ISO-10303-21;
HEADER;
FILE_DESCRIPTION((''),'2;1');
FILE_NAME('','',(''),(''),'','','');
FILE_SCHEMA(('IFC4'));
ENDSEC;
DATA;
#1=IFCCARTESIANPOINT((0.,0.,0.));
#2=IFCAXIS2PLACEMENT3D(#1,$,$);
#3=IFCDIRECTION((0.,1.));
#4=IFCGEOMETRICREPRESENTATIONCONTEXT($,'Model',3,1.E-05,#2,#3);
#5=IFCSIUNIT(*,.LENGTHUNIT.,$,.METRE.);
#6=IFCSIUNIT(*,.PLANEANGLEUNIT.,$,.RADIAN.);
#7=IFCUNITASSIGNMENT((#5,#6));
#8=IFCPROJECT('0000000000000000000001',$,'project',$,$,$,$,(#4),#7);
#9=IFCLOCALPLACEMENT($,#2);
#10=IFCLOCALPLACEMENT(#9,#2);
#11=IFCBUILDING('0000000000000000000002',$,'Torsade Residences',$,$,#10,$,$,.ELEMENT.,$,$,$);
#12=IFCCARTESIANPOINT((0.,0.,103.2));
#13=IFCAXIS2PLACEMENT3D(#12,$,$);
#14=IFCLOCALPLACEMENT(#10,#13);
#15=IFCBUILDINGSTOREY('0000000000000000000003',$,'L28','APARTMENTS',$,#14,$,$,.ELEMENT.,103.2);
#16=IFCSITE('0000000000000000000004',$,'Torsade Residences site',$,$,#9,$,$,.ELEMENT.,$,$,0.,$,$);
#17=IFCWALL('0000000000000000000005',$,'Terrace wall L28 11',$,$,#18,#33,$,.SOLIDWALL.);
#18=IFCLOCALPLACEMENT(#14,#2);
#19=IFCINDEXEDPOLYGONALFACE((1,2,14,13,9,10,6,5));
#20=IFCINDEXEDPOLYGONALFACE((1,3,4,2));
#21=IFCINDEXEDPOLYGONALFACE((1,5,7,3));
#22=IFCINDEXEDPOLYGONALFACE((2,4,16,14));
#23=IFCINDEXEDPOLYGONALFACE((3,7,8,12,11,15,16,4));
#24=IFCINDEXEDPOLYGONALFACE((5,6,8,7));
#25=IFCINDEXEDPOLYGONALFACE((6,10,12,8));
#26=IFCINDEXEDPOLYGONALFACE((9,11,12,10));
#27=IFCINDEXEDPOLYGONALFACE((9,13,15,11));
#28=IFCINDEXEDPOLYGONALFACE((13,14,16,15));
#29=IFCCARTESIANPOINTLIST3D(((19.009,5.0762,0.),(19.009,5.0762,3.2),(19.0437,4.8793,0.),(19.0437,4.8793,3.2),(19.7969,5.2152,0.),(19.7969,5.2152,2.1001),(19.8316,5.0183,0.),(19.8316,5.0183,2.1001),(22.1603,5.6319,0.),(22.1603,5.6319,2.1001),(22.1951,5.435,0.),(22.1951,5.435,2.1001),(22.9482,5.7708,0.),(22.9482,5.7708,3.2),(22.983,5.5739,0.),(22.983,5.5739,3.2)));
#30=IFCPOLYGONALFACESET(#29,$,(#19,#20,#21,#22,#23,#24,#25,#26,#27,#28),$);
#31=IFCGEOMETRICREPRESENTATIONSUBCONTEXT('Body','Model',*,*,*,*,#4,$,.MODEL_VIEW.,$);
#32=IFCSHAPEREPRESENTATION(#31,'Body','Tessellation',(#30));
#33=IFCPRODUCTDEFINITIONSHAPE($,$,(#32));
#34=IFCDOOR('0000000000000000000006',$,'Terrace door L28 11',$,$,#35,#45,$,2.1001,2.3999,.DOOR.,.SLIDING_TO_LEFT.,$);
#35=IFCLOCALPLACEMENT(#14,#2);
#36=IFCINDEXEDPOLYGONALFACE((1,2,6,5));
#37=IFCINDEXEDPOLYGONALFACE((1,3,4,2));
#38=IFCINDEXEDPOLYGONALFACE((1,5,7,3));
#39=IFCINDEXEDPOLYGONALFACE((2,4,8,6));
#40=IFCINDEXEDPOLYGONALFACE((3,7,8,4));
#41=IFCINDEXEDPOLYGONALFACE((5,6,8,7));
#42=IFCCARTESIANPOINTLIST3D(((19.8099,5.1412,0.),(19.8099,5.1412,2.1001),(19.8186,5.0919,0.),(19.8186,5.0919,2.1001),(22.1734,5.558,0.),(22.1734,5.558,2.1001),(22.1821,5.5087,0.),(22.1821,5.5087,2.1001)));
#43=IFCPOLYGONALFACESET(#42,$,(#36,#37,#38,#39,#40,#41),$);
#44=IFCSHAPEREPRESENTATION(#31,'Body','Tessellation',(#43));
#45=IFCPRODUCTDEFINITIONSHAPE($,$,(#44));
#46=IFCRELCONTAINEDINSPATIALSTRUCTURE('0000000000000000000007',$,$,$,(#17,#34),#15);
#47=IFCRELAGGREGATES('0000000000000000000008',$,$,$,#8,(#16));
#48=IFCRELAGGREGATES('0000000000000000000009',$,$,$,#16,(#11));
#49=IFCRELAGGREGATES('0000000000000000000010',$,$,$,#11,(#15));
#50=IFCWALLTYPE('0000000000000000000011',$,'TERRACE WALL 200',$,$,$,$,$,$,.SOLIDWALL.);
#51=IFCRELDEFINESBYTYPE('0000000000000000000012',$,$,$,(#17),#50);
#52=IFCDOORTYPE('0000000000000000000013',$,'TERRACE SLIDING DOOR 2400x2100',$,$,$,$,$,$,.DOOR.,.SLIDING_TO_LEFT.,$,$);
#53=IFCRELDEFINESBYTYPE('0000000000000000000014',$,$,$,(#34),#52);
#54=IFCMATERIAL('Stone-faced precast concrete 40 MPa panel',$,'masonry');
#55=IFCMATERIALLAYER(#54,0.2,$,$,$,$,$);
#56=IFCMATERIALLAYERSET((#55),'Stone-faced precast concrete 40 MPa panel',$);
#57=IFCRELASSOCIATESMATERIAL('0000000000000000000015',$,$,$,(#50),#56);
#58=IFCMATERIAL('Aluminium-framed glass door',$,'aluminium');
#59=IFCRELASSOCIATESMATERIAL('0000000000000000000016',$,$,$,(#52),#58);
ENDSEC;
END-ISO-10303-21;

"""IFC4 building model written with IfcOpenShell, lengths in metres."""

from ifc_helpers import new_model, si_unit, direction, frame, frame_2d, origin, place, context, subcontext, project, spatial, rectangle, extrude, material, layer, layer_set, type_object, element, fill, save


model = new_model("IFC4")

# Units and contexts
model_context = context("Model", 3, precision=1e-05, world=origin(), true_north=direction((0.0, 1.0)))
body_context = subcontext(model_context, "Body", "Model", "MODEL_VIEW")
ifc_project = project(units=[si_unit("LENGTHUNIT", "METRE"), si_unit("PLANEANGLEUNIT", "RADIAN")], contexts=[model_context])

# Site, building, storey
site_placement = place(None, origin())
site = spatial("IfcSite", under=ifc_project, at=site_placement, Name="Torsade Residences site", CompositionType="ELEMENT", RefElevation=0.0)
building_placement = place(site_placement, origin())
building = spatial("IfcBuilding", under=site, at=building_placement, Name="Torsade Residences", CompositionType="ELEMENT")
storey_placement = place(building_placement, frame((0.0, 0.0, 103.2)))
storey = spatial("IfcBuildingStorey", under=building, at=storey_placement, Name="L28", Description="APARTMENTS", CompositionType="ELEMENT", Elevation=103.2)

# Wall, opening, door
ifc_material_1 = material(Name="Stone-faced precast concrete 40 MPa panel", Category="masonry")
ifc_layer_1 = layer(ifc_material_1, 0.2)
ifc_layer_set_1 = layer_set([ifc_layer_1], Name="Stone-faced precast concrete 40 MPa panel")
wall_type_1 = type_object("IfcWallType", Name="TERRACE WALL 200", PredefinedType="SOLIDWALL", material=ifc_layer_set_1)
wall_1_placement = place(storey_placement, frame((19.0264, 4.9778, 0.0), z_axis=(0.0, 0.0, 1.0), x_axis=(0.984808, 0.173646, 0.0)))
wall_1 = element("IfcWall", 1, at=wall_1_placement, inside=storey, type_object=wall_type_1, Name="Terrace wall L28 11", PredefinedType="SOLIDWALL", context=body_context, shape_type="SweptSolid", body=[
    extrude(rectangle(XDim=4.0, YDim=0.2, at=frame_2d((2.0, 0.0))), origin(), (0.0, 0.0, 1.0), 3.2),
])
opening_1_placement = place(wall_1_placement, frame((0.8, 0.0, 0.0)))
opening_1 = element("IfcOpeningElement", 2, at=opening_1_placement, cuts=wall_1, PredefinedType="OPENING", context=body_context, shape_type="SweptSolid", body=[
    extrude(rectangle(XDim=2.3999, YDim=2.1001, at=frame_2d((1.2, 1.05))), frame((0.0, 0.1099, 0.0), z_axis=(0.0, -1.0, 0.0), x_axis=(1.0, 0.0, 0.0)), (0.0, 0.0, 1.0), 0.22),
])
ifc_material_2 = material(Name="Aluminium-framed glass door", Category="aluminium")
door_type_1 = type_object("IfcDoorType", Name="TERRACE SLIDING DOOR 2400x2100", OperationType="SLIDING_TO_LEFT", PredefinedType="DOOR", material=ifc_material_2)
door_1_placement = place(opening_1_placement, origin())
door_1 = element("IfcDoor", 3, at=door_1_placement, inside=storey, type_object=door_type_1, Name="Terrace door L28 11", OperationType="SLIDING_TO_LEFT", OverallHeight=2.1001, OverallWidth=2.3999, PredefinedType="DOOR", context=body_context, shape_type="SweptSolid", body=[
    extrude(rectangle(XDim=2.3999, YDim=2.1001, at=frame_2d((1.2, 1.05))), frame((0.0, 0.0249, 0.0), z_axis=(0.0, -1.0, 0.0), x_axis=(1.0, 0.0, 0.0)), (0.0, 0.0, 1.0), 0.05),
])
fill(opening_1, door_1)

save(model, "model.ifc")
